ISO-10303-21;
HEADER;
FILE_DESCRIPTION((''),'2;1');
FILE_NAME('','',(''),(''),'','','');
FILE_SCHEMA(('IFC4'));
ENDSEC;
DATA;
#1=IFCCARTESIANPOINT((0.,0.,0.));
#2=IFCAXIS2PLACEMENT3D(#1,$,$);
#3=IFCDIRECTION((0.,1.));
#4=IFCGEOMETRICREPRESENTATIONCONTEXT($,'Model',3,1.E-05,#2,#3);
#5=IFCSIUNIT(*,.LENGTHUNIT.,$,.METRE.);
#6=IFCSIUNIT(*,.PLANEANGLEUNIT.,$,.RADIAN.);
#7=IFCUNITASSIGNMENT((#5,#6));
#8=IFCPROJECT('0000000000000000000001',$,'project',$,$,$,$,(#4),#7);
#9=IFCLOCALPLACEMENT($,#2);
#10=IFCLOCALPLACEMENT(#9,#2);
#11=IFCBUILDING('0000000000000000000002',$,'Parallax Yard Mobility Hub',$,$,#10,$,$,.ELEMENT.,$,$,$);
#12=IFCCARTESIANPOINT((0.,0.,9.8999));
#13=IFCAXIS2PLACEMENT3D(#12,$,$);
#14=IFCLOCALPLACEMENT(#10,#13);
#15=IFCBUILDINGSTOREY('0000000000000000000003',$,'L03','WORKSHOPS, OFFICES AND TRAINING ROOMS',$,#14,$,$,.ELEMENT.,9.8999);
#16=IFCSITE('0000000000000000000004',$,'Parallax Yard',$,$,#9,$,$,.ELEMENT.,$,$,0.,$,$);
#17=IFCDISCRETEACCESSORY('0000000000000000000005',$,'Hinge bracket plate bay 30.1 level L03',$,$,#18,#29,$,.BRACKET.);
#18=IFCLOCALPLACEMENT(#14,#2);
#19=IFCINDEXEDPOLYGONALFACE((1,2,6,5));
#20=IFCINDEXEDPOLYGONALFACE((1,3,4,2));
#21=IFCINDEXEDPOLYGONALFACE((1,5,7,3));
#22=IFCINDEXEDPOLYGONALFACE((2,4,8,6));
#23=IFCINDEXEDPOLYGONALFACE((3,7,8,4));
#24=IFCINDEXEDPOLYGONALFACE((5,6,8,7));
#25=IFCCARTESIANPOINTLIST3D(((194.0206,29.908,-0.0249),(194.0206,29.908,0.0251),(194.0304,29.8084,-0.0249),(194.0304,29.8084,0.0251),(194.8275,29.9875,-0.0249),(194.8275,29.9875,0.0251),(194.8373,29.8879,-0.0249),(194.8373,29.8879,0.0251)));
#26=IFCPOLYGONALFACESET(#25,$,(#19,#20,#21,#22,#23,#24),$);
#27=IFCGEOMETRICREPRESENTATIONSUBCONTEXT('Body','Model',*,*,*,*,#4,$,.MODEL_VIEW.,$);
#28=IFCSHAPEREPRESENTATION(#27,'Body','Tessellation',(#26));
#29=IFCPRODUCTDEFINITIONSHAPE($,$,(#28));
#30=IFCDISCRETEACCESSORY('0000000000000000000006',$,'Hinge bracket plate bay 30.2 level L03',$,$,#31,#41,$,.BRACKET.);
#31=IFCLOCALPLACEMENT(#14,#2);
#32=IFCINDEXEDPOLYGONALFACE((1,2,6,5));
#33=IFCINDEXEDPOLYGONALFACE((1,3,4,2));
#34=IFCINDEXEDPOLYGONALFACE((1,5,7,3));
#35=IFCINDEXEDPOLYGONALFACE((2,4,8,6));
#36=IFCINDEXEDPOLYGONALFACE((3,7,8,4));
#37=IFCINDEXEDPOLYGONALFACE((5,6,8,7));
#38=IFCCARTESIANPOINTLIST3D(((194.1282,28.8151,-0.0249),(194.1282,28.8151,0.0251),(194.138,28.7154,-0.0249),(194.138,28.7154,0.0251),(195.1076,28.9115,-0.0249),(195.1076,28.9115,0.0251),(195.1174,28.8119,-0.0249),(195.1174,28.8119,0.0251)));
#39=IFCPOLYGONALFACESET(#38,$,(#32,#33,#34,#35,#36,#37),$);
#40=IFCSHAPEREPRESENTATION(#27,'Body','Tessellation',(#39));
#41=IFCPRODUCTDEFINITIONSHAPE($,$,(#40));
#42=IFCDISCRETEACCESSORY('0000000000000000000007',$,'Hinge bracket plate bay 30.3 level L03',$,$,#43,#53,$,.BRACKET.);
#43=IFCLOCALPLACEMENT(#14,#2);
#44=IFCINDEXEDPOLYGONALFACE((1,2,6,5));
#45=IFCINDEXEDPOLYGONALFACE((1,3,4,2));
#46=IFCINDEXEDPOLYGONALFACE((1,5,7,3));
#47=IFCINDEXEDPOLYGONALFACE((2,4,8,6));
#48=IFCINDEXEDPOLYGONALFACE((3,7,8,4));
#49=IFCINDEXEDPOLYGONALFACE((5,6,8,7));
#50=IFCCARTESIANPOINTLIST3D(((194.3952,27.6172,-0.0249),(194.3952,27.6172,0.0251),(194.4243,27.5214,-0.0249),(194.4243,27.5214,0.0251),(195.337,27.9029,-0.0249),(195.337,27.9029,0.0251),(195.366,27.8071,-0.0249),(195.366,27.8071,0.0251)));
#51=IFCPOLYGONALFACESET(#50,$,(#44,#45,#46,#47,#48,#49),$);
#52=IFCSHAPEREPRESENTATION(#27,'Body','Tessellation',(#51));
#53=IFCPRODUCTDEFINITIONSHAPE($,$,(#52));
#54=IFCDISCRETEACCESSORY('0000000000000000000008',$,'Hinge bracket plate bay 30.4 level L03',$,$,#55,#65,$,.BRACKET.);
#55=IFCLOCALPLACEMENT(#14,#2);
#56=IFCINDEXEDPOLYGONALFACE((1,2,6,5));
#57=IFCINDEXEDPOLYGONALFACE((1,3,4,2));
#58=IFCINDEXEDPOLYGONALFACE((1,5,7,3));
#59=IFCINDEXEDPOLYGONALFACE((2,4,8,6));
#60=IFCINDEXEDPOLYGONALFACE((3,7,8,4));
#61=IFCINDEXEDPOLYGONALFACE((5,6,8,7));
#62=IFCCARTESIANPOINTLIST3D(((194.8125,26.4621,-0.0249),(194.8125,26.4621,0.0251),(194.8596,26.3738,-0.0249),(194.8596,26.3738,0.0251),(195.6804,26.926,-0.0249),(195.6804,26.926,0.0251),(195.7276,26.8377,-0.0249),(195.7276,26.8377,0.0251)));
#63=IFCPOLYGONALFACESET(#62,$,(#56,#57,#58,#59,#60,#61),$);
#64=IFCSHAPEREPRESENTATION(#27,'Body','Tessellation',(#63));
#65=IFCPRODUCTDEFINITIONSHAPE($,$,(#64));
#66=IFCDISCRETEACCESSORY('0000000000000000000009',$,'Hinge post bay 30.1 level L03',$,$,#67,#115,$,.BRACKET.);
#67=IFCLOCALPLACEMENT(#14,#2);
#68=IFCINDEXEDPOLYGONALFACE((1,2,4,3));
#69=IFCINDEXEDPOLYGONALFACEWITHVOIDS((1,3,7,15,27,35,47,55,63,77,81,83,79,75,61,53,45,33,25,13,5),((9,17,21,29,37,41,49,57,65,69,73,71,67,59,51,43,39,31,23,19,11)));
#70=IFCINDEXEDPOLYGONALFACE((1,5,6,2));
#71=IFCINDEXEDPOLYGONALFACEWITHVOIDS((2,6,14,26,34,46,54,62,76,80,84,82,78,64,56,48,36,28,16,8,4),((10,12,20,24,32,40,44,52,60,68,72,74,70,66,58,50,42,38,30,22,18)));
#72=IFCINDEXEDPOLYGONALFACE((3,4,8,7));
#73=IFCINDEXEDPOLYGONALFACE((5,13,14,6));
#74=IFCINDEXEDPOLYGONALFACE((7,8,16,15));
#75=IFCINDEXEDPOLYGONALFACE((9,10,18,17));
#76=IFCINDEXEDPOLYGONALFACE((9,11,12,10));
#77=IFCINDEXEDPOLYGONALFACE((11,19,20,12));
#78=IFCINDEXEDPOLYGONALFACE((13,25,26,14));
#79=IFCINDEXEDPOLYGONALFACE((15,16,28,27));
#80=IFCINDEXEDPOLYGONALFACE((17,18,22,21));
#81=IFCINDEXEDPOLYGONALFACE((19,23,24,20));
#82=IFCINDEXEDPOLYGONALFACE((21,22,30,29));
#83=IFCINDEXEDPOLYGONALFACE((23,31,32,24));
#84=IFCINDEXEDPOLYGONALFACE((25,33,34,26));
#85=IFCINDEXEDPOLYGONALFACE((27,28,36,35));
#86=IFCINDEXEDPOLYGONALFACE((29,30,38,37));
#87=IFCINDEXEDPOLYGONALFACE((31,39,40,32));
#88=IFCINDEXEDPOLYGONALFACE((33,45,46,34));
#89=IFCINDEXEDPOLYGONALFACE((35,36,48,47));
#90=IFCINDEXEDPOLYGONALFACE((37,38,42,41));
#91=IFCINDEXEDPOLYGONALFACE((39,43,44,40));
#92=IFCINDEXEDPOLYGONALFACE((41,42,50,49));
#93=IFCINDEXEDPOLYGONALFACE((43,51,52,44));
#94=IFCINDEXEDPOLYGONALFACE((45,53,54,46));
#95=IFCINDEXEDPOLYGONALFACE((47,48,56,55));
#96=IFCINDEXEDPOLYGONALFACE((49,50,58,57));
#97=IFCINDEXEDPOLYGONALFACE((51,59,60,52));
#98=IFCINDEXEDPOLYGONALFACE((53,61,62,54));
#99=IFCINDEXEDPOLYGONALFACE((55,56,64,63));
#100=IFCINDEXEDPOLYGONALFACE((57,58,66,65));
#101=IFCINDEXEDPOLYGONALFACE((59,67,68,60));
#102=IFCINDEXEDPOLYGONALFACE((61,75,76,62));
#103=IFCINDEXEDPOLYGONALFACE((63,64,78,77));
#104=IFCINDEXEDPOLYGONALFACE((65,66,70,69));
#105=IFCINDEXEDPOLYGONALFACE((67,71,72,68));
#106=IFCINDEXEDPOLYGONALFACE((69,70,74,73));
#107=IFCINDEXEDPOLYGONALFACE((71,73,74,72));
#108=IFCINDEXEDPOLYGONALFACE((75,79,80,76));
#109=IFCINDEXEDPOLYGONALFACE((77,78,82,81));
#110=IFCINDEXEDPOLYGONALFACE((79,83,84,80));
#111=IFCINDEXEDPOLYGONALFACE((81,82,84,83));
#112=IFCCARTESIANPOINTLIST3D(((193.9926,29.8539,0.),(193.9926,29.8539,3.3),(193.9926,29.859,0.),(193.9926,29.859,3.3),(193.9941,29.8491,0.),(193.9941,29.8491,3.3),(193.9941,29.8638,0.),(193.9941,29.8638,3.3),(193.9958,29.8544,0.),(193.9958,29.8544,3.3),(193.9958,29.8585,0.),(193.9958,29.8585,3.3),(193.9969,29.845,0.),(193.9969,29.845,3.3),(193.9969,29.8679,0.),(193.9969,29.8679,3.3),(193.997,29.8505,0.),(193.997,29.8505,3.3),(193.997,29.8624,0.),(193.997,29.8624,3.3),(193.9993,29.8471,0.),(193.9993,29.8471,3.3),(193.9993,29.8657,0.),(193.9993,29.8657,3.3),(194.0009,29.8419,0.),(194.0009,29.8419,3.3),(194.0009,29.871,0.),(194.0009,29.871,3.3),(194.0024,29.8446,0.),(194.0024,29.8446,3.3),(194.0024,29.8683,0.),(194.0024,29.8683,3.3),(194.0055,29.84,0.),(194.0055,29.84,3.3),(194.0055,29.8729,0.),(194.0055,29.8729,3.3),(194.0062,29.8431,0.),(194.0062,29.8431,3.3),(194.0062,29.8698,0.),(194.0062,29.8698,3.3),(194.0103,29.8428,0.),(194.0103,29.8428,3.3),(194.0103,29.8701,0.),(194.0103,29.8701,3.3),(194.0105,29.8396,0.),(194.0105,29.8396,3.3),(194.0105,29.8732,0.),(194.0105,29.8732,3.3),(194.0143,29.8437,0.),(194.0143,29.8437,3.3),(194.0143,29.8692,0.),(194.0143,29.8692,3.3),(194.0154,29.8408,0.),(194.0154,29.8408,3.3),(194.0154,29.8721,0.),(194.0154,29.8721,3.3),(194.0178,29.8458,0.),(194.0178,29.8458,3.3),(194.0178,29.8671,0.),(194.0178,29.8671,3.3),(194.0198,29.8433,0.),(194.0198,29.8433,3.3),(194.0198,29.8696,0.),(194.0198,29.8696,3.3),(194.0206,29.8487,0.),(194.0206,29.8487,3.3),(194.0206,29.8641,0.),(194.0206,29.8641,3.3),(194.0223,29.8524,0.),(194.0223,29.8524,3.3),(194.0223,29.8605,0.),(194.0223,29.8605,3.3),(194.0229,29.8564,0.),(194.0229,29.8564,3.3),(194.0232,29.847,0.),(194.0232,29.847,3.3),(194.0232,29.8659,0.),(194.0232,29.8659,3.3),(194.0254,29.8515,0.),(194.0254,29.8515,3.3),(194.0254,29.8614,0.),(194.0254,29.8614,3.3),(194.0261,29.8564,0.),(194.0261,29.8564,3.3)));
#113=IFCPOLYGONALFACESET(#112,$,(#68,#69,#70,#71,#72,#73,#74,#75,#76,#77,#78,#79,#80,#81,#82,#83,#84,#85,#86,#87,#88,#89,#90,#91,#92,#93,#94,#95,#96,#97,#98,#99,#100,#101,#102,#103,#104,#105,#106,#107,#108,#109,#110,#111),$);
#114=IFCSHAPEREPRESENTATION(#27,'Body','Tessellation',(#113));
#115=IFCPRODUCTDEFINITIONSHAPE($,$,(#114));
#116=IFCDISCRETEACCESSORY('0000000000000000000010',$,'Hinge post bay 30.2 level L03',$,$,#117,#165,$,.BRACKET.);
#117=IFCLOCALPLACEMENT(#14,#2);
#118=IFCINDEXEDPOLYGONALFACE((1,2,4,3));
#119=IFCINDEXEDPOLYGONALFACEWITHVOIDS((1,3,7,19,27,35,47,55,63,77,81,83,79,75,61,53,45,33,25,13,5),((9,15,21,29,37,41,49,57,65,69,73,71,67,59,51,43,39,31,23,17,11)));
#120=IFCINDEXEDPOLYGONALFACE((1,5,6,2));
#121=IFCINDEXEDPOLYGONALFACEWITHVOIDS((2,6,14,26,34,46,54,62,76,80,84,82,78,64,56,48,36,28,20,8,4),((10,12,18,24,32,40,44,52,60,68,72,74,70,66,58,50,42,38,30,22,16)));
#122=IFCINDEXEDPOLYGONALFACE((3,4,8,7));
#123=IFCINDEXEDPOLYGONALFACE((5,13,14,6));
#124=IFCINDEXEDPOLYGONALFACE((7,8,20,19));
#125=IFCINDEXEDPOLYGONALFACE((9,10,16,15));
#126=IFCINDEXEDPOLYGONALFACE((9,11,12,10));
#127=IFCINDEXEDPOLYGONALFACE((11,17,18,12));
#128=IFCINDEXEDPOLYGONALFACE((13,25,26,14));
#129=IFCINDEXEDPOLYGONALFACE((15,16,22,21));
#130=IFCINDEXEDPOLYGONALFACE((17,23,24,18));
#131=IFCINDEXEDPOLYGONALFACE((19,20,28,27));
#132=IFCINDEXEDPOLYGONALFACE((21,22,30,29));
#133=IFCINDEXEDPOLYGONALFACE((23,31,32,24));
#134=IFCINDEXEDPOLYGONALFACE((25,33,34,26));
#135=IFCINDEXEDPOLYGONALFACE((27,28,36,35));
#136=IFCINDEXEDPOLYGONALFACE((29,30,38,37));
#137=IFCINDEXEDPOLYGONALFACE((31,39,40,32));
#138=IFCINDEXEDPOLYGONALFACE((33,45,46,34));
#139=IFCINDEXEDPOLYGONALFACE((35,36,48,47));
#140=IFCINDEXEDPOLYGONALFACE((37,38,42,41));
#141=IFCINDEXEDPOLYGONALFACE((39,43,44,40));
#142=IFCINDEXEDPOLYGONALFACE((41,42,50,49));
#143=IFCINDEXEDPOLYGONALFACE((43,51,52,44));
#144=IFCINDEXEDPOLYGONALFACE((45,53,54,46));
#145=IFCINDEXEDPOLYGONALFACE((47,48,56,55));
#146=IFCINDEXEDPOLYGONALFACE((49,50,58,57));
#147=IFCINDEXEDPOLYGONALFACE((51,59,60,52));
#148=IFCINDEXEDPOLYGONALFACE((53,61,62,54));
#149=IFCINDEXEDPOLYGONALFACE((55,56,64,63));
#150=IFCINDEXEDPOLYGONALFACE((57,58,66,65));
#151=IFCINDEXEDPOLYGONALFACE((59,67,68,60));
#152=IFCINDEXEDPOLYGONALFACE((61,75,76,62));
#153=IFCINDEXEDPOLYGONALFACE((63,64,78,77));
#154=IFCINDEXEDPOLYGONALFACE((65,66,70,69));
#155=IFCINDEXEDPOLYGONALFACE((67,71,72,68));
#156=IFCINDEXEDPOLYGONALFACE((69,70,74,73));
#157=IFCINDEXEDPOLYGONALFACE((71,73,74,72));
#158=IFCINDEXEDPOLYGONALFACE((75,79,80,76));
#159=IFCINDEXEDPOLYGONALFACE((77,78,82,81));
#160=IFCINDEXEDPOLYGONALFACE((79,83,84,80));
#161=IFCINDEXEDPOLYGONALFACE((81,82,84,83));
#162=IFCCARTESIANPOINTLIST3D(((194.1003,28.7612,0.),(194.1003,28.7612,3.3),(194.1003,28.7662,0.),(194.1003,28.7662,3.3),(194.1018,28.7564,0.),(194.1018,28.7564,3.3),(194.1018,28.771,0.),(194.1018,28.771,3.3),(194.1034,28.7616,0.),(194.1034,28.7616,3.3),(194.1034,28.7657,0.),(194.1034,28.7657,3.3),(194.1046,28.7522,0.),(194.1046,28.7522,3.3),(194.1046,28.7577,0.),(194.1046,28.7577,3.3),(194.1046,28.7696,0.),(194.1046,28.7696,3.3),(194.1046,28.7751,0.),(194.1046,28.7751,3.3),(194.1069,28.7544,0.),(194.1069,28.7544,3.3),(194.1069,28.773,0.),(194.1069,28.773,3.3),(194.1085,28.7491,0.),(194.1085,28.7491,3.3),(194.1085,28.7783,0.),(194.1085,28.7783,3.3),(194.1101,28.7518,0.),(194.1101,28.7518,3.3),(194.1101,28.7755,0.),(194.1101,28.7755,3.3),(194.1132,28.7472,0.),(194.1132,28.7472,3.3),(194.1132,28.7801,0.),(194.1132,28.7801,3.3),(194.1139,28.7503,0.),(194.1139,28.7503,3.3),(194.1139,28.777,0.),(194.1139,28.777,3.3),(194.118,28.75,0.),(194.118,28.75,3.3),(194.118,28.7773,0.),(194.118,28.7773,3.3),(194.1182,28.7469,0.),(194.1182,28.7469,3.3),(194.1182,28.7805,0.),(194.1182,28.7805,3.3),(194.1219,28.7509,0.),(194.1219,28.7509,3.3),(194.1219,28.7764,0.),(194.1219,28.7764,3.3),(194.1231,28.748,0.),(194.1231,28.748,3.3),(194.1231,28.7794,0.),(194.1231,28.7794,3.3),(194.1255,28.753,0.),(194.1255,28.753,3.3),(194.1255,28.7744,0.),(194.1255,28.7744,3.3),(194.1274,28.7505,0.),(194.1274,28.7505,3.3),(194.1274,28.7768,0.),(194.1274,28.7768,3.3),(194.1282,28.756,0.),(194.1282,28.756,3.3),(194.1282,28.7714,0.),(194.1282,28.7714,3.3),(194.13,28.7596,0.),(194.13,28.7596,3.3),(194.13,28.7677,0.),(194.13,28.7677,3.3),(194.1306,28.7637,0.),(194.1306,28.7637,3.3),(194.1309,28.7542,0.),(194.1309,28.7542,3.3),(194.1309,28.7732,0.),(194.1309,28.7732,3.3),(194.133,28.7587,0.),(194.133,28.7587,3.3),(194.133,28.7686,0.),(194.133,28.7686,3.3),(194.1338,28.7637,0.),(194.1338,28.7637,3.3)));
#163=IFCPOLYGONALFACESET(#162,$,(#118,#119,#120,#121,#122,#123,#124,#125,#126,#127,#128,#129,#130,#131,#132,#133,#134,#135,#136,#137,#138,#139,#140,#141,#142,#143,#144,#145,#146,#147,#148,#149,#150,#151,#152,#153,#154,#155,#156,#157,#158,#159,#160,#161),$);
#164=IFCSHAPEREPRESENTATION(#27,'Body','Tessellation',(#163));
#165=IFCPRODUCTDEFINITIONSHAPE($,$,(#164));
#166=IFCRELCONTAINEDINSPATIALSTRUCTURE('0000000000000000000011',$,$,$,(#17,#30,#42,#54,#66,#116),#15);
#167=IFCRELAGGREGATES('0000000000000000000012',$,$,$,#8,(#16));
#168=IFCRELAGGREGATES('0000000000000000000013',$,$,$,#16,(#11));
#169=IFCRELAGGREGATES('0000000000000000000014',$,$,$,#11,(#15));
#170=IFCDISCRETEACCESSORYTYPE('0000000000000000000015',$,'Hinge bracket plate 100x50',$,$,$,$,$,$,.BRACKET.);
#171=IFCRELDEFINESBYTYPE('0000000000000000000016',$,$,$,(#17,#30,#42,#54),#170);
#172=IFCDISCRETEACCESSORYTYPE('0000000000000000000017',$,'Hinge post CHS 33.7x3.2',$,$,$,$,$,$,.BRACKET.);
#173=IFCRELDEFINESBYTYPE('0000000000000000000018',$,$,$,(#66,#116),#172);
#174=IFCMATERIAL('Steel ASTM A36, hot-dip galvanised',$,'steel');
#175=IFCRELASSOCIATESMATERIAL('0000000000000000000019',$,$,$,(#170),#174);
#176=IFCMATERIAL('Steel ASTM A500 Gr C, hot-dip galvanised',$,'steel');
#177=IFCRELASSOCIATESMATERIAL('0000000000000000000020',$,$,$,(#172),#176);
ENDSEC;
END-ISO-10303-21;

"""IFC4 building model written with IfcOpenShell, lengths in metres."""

from ifc_helpers import new_model, si_unit, direction, frame, origin, origin_2d, place, context, subcontext, project, spatial, rectangle, hollow_circle, extrude, material, material_profile, profile_set, type_object, element, save


model = new_model("IFC4")

# Units and contexts
model_context = context("Model", 3, precision=1e-05, world=origin(), true_north=direction((0.0, 1.0)))
body_context = subcontext(model_context, "Body", "Model", "MODEL_VIEW")
ifc_project = project(units=[si_unit("LENGTHUNIT", "METRE"), si_unit("PLANEANGLEUNIT", "RADIAN")], contexts=[model_context])

# Site, building, storey
site_placement = place(None, origin())
site = spatial("IfcSite", under=ifc_project, at=site_placement, Name="Parallax Yard", CompositionType="ELEMENT", RefElevation=0.0)
building_placement = place(site_placement, origin())
building = spatial("IfcBuilding", under=site, at=building_placement, Name="Parallax Yard Mobility Hub", CompositionType="ELEMENT")
storey_placement = place(building_placement, frame((0.0, 0.0, 9.8999)))
storey = spatial("IfcBuildingStorey", under=building, at=storey_placement, Name="L03", Description="WORKSHOPS, OFFICES AND TRAINING ROOMS", CompositionType="ELEMENT", Elevation=9.8999)

# Discrete accessories
ifc_material_1 = material(Name="Steel ASTM A36, hot-dip galvanised", Category="steel")
discrete_accessory_type_1 = type_object("IfcDiscreteAccessoryType", Name="Hinge bracket plate 100x50", PredefinedType="BRACKET", material=ifc_material_1)
discrete_accessory_placement = place(storey_placement, frame((194.429, 29.8979, -0.0249), z_axis=(0.0, 0.0, 1.0), x_axis=(-0.995185, -0.098017, 0.0)))
element("IfcDiscreteAccessory", 1, at=discrete_accessory_placement, inside=storey, type_object=discrete_accessory_type_1, Name="Hinge bracket plate bay 30.1 level L03", PredefinedType="BRACKET", context=body_context, shape_type="SweptSolid", body=[
    extrude(rectangle(XDim=0.8108, YDim=0.1001, at=origin_2d()), origin(), (0.0, 0.0, 1.0), 0.05),
])
for number, where, z_axis, x_axis, name in (
    (2, (194.6228, 28.8135, -0.0249), (0.0, 0.0, 1.0), (-0.995185, -0.098017, 0.0), "Hinge bracket plate bay 30.2 level L03"),
    (3, (194.8806, 27.7122, -0.0249), (0.0, 0.0, 1.0), (-0.95694, -0.290285, 0.0), "Hinge bracket plate bay 30.3 level L03"),
    (4, (195.27, 26.6499, -0.0249), (0.0, 0.0, 1.0), (-0.881921, -0.471397, 0.0), "Hinge bracket plate bay 30.4 level L03"),
):
    element("IfcDiscreteAccessory", number, at=place(storey_placement, frame(where, z_axis=z_axis, x_axis=x_axis)), inside=storey, type_object=discrete_accessory_type_1, Name=name, PredefinedType="BRACKET", context=body_context, shape_type="SweptSolid", body=[
        extrude(rectangle(XDim=0.9841, YDim=0.1001, at=origin_2d()), origin(), (0.0, 0.0, 1.0), 0.05),
    ])
ifc_material_2 = material(Name="Steel ASTM A500 Gr C, hot-dip galvanised", Category="steel")
ifc_material_profile_1 = material_profile(ifc_material_2, hollow_circle(Radius=0.0168, WallThickness=0.0032, at=origin_2d()), Name="CHS 33.7x3.2")
ifc_profile_set_1 = profile_set([ifc_material_profile_1], Name="Steel ASTM A500 Gr C, hot-dip galvanised")
discrete_accessory_type_2 = type_object("IfcDiscreteAccessoryType", Name="Hinge post CHS 33.7x3.2", PredefinedType="BRACKET", material=ifc_profile_set_1)
for number, where, z_axis, x_axis, name in (
    (5, (194.0093, 29.8564, 0.0), (0.0, 0.0, 1.0), (1.0, 0.0, 0.0), "Hinge post bay 30.1 level L03"),
    (6, (194.1169, 28.7637, 0.0), (0.0, 0.0, 1.0), (1.0, 0.0, 0.0), "Hinge post bay 30.2 level L03"),
):
    element("IfcDiscreteAccessory", number, at=place(storey_placement, frame(where, z_axis=z_axis, x_axis=x_axis)), inside=storey, type_object=discrete_accessory_type_2, Name=name, PredefinedType="BRACKET", context=body_context, shape_type="SweptSolid", body=[
        extrude(hollow_circle(Radius=0.0168, WallThickness=0.0032, at=origin_2d()), origin(), (0.0, 0.0, 1.0), 3.3),
    ])

save(model, "model.ifc")
